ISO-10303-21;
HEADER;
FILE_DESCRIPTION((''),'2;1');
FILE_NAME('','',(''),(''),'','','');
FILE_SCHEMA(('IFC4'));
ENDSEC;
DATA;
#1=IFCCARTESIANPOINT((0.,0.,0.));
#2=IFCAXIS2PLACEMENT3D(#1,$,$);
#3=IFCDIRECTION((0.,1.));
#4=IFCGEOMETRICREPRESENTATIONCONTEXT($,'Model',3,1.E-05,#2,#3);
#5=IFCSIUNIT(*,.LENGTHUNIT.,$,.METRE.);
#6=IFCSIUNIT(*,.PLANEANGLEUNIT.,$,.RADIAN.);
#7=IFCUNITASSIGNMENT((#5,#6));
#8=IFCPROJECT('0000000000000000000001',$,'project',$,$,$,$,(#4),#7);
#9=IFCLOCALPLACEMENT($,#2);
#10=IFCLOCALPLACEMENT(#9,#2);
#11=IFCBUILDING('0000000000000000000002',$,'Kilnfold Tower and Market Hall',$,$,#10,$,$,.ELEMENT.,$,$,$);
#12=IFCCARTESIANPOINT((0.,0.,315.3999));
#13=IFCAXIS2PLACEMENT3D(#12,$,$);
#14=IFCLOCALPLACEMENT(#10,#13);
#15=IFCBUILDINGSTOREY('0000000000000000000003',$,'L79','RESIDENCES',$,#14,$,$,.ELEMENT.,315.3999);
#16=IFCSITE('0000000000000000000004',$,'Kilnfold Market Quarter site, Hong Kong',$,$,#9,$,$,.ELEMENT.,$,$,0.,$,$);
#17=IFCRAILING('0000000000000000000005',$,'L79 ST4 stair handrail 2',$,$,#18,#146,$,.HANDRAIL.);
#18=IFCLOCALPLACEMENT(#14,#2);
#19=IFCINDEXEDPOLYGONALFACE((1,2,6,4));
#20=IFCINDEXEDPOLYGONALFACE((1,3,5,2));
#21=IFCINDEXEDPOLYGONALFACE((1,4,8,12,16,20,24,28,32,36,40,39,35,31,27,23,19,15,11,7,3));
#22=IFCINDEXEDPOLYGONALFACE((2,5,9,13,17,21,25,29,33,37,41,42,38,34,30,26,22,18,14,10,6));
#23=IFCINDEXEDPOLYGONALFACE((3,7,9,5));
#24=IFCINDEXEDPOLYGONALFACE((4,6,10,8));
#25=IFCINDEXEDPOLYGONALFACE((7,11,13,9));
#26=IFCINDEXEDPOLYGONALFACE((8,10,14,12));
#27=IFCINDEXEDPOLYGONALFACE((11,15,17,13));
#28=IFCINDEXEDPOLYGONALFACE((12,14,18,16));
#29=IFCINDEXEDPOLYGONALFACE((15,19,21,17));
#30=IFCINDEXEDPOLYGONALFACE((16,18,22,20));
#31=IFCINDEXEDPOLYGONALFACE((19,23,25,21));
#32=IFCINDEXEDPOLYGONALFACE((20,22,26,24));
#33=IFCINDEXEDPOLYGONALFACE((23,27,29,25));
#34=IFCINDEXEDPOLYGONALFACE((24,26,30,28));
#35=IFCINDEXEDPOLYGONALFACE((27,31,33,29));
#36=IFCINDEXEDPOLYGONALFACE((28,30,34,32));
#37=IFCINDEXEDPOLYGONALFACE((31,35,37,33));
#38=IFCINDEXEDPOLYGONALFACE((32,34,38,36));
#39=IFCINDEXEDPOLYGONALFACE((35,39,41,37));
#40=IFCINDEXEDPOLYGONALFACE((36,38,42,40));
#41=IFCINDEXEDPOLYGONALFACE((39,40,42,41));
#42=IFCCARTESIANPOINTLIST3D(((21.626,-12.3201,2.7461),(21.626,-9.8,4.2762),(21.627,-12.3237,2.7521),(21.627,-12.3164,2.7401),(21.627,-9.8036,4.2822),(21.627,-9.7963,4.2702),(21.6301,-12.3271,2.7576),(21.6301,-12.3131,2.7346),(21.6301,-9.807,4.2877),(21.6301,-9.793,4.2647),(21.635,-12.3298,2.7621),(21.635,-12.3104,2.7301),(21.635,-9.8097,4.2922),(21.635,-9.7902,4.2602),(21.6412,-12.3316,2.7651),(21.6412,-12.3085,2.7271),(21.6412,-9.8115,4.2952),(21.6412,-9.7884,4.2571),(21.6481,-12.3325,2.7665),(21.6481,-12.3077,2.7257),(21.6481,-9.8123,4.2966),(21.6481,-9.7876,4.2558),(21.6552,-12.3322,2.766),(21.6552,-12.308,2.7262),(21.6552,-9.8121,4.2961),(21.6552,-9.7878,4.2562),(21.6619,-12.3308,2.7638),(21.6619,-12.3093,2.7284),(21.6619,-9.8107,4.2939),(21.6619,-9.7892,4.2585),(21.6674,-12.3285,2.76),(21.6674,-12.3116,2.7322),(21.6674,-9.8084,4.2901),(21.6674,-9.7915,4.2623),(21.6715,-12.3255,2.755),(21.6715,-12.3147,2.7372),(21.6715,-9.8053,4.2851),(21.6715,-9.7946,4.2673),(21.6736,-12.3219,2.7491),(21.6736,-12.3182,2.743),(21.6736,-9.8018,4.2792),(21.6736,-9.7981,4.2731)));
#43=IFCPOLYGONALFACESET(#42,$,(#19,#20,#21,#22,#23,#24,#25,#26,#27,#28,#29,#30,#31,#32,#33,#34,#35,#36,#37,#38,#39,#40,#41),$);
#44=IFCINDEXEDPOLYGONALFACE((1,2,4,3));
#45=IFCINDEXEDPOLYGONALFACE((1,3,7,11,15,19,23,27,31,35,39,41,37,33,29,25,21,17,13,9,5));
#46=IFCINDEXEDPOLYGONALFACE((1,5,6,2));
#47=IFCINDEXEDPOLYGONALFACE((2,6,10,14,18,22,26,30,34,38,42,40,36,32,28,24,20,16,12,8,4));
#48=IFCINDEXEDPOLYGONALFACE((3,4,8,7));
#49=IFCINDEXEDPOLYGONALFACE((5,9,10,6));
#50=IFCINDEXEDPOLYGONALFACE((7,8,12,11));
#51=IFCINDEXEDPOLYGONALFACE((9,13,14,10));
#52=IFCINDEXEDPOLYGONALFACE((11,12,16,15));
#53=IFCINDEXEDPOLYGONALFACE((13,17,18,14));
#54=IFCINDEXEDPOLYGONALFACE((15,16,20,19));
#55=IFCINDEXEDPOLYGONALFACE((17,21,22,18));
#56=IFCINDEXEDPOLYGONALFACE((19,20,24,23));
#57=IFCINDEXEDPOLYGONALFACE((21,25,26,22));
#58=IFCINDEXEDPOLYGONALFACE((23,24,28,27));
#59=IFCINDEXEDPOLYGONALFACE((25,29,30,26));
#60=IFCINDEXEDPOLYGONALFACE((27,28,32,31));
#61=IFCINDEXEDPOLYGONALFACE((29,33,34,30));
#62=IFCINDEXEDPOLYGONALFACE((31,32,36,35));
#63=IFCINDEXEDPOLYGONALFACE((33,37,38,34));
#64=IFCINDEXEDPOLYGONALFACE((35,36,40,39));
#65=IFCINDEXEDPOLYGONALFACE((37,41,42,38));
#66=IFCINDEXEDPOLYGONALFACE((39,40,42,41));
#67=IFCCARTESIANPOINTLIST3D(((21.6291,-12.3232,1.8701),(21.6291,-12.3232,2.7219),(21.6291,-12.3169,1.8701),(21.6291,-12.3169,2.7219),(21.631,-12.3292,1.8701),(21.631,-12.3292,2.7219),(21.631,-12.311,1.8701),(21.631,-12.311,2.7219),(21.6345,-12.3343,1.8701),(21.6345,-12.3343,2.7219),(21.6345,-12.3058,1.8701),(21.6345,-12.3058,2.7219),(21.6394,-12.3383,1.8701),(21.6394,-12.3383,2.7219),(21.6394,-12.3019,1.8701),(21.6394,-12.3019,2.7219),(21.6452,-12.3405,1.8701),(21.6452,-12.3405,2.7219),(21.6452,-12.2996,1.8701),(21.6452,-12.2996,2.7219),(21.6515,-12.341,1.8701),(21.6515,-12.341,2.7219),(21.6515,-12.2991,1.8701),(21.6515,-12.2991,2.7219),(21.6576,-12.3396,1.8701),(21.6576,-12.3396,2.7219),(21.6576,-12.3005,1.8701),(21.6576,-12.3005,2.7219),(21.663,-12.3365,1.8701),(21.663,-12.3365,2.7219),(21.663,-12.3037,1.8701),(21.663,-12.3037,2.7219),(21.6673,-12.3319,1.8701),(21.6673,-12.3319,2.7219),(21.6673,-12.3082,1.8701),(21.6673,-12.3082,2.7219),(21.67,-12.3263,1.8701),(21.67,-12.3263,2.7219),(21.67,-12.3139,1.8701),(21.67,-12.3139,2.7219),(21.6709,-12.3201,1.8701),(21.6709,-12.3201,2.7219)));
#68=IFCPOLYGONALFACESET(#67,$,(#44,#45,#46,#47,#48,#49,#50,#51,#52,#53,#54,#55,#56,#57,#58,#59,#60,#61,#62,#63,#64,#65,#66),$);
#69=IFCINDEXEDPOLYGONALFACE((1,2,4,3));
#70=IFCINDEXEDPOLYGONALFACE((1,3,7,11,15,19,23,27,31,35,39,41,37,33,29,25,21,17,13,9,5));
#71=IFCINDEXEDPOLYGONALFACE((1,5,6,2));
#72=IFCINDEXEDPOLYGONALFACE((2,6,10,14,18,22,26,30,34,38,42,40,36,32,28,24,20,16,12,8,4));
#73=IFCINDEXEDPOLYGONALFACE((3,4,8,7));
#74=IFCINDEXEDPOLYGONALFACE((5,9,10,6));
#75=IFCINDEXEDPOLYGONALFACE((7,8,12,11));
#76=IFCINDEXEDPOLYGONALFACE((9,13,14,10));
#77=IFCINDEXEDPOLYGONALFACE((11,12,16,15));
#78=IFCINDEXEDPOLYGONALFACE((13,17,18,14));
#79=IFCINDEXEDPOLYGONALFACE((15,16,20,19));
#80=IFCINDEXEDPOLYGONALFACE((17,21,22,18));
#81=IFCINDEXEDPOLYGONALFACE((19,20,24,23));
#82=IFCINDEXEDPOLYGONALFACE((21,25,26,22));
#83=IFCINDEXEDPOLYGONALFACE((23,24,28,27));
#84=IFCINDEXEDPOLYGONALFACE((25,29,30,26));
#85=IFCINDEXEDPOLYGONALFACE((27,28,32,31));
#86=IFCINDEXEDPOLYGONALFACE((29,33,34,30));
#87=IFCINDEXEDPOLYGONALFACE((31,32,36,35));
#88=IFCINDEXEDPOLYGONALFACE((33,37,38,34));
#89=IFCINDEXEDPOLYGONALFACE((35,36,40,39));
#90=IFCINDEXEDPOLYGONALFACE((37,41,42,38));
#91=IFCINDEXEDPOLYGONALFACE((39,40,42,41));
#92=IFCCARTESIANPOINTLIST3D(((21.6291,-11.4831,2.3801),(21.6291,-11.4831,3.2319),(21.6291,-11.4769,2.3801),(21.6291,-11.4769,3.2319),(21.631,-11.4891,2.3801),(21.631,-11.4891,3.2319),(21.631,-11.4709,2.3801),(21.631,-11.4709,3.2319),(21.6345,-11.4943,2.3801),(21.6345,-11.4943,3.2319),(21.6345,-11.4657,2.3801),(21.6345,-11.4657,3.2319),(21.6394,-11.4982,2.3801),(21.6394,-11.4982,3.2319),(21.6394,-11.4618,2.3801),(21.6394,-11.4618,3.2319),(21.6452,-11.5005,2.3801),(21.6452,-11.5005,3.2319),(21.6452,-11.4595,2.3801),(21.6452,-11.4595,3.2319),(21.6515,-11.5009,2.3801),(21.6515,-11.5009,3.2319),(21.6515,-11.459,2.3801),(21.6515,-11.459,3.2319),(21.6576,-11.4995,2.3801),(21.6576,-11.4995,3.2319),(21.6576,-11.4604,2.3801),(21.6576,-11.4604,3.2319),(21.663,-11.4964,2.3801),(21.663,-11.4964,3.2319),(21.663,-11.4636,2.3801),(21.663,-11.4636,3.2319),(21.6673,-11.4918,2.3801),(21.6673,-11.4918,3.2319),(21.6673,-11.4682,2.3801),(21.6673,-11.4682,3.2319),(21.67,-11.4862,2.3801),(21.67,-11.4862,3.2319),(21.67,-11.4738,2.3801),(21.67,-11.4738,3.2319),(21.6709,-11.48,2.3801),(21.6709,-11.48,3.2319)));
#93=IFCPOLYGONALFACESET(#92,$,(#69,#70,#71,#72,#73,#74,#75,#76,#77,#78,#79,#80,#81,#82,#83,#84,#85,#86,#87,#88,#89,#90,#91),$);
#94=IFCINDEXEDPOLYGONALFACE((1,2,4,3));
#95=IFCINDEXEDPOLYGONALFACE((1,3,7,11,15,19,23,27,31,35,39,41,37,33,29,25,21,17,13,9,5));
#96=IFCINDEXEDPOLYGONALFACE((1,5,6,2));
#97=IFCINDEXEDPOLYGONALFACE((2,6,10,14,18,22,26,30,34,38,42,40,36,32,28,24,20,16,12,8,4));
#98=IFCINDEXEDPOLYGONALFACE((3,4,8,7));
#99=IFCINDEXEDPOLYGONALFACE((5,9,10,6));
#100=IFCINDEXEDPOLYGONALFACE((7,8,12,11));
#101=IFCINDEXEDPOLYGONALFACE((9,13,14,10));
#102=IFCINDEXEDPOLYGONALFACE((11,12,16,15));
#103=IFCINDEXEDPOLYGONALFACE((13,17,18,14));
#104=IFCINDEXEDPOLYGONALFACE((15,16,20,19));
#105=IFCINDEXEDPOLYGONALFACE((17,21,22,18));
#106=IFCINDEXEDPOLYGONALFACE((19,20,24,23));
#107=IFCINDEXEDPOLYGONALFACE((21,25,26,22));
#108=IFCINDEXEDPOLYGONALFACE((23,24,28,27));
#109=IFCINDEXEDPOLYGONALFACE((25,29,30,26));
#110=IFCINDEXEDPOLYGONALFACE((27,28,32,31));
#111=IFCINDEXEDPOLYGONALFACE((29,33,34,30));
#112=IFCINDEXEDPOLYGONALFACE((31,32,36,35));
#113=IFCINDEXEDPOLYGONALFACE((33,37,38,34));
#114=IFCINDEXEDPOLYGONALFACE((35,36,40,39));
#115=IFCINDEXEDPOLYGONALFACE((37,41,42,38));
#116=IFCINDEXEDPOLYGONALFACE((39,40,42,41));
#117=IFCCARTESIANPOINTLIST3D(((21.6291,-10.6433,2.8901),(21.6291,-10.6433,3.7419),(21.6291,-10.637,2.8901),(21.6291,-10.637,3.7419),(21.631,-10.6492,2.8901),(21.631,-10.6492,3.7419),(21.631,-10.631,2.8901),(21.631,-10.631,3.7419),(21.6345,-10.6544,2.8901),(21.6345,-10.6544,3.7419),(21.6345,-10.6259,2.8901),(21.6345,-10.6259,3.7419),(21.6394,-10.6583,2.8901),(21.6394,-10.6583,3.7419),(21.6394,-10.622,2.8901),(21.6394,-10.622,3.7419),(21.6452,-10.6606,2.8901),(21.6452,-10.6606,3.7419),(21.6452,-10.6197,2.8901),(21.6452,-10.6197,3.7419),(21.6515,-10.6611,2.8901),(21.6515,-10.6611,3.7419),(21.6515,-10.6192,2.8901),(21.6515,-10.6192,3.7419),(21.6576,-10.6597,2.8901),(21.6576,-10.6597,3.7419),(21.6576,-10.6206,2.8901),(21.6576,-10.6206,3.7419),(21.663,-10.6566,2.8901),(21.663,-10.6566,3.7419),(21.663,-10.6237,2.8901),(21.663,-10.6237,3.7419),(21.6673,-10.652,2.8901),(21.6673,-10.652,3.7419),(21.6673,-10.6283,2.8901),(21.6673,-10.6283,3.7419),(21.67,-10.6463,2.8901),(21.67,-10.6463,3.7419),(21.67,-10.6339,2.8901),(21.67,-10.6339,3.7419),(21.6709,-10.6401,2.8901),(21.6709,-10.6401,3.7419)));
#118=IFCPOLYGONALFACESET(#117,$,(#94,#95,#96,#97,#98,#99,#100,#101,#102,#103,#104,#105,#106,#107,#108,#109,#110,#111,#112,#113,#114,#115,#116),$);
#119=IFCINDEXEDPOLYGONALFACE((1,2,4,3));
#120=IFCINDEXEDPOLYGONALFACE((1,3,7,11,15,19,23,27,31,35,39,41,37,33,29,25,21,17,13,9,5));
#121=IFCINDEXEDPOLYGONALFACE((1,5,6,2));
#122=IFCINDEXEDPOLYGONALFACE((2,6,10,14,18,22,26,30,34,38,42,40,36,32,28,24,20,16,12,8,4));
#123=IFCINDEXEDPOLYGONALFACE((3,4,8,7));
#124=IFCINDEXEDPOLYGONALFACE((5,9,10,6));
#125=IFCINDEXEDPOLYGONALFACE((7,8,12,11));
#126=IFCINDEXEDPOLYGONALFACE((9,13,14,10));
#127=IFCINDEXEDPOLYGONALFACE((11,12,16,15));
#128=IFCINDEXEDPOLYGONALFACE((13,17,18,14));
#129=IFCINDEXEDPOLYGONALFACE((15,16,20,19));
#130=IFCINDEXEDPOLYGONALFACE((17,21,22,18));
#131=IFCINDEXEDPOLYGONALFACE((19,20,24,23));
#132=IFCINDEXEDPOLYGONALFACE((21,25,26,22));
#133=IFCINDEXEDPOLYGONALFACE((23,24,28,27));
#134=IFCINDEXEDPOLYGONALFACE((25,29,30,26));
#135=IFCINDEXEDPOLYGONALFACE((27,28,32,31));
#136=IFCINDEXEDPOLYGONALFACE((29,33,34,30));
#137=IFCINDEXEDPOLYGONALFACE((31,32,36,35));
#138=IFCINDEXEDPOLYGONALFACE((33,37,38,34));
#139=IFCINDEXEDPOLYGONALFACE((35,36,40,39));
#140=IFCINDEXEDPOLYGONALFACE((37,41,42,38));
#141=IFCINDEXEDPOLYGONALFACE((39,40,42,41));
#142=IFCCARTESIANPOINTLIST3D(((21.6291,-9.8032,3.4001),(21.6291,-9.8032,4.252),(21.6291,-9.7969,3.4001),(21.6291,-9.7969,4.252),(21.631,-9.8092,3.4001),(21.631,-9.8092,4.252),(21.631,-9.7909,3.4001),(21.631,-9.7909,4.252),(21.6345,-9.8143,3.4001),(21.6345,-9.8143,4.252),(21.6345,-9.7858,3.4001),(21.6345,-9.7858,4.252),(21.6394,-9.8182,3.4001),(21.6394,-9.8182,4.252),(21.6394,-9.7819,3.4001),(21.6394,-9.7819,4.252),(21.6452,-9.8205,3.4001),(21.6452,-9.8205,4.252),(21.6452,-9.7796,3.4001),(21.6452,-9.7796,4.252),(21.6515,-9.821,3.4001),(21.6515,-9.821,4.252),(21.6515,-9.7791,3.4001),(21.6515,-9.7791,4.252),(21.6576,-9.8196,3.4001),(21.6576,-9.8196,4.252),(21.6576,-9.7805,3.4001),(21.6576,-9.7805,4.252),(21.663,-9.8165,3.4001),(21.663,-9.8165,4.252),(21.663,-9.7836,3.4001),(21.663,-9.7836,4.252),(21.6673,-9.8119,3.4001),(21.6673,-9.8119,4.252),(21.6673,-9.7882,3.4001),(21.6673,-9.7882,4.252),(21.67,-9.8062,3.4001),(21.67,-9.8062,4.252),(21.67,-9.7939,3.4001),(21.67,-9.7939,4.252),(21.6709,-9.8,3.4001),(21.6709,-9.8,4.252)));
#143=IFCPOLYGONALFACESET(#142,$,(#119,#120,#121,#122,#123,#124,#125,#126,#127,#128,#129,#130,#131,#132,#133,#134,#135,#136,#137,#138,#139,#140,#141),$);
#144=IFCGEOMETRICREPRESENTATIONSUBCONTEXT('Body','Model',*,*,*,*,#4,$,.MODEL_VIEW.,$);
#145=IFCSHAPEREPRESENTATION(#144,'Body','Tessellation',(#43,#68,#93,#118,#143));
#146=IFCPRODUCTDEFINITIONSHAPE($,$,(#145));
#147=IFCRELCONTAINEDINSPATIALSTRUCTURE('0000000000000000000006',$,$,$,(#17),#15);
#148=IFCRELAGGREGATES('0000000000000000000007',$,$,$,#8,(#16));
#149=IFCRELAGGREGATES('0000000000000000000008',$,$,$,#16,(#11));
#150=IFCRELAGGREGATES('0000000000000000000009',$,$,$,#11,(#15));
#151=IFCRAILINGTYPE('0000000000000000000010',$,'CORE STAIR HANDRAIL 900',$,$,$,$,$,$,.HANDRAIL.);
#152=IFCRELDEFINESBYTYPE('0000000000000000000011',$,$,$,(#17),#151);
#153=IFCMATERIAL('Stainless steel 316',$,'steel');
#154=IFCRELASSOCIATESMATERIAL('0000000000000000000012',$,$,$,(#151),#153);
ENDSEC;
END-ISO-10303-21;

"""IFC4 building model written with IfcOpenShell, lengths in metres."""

from ifc_helpers import new_model, si_unit, direction, frame, origin, origin_2d, place, context, subcontext, project, spatial, circle, extrude, material, type_object, element, save


model = new_model("IFC4")

# Units and contexts
model_context = context("Model", 3, precision=1e-05, world=origin(), true_north=direction((0.0, 1.0)))
body_context = subcontext(model_context, "Body", "Model", "MODEL_VIEW")
ifc_project = project(units=[si_unit("LENGTHUNIT", "METRE"), si_unit("PLANEANGLEUNIT", "RADIAN")], contexts=[model_context])

# Site, building, storey
site_placement = place(None, origin())
site = spatial("IfcSite", under=ifc_project, at=site_placement, Name="Kilnfold Market Quarter site, Hong Kong", CompositionType="ELEMENT", RefElevation=0.0)
building_placement = place(site_placement, origin())
building = spatial("IfcBuilding", under=site, at=building_placement, Name="Kilnfold Tower and Market Hall", CompositionType="ELEMENT")
storey_placement = place(building_placement, frame((0.0, 0.0, 315.3999)))
storey = spatial("IfcBuildingStorey", under=building, at=storey_placement, Name="L79", Description="RESIDENCES", CompositionType="ELEMENT", Elevation=315.3999)

# Railing
ifc_material_1 = material(Name="Stainless steel 316", Category="steel")
railing_type_1 = type_object("IfcRailingType", Name="CORE STAIR HANDRAIL 900", PredefinedType="HANDRAIL", material=ifc_material_1)
railing_1_placement = place(storey_placement, frame((21.6499, -12.3201, 1.8701)))
element("IfcRailing", 1, at=railing_1_placement, inside=storey, type_object=railing_type_1, Name="L79 ST4 stair handrail 2", PredefinedType="HANDRAIL", context=body_context, shape_type="SweptSolid", body=[
    extrude(circle(Radius=0.0239, at=origin_2d()), frame((0.0, 0.0, 0.876), z_axis=(0.0, 0.854785, 0.518982), x_axis=(-1.0, 0.0, 0.0)), (0.0, 0.0, 1.0), 2.9482),
    extrude(circle(Radius=0.021, at=origin_2d()), origin(), (0.0, 0.0, 1.0), 0.8518),
    extrude(circle(Radius=0.021, at=origin_2d()), frame((0.0, 0.8401, 0.51)), (0.0, 0.0, 1.0), 0.8518),
    extrude(circle(Radius=0.021, at=origin_2d()), frame((0.0, 1.6799, 1.02)), (0.0, 0.0, 1.0), 0.8518),
    extrude(circle(Radius=0.021, at=origin_2d()), frame((0.0, 2.52, 1.53)), (0.0, 0.0, 1.0), 0.8518),
])

save(model, "model.ifc")
